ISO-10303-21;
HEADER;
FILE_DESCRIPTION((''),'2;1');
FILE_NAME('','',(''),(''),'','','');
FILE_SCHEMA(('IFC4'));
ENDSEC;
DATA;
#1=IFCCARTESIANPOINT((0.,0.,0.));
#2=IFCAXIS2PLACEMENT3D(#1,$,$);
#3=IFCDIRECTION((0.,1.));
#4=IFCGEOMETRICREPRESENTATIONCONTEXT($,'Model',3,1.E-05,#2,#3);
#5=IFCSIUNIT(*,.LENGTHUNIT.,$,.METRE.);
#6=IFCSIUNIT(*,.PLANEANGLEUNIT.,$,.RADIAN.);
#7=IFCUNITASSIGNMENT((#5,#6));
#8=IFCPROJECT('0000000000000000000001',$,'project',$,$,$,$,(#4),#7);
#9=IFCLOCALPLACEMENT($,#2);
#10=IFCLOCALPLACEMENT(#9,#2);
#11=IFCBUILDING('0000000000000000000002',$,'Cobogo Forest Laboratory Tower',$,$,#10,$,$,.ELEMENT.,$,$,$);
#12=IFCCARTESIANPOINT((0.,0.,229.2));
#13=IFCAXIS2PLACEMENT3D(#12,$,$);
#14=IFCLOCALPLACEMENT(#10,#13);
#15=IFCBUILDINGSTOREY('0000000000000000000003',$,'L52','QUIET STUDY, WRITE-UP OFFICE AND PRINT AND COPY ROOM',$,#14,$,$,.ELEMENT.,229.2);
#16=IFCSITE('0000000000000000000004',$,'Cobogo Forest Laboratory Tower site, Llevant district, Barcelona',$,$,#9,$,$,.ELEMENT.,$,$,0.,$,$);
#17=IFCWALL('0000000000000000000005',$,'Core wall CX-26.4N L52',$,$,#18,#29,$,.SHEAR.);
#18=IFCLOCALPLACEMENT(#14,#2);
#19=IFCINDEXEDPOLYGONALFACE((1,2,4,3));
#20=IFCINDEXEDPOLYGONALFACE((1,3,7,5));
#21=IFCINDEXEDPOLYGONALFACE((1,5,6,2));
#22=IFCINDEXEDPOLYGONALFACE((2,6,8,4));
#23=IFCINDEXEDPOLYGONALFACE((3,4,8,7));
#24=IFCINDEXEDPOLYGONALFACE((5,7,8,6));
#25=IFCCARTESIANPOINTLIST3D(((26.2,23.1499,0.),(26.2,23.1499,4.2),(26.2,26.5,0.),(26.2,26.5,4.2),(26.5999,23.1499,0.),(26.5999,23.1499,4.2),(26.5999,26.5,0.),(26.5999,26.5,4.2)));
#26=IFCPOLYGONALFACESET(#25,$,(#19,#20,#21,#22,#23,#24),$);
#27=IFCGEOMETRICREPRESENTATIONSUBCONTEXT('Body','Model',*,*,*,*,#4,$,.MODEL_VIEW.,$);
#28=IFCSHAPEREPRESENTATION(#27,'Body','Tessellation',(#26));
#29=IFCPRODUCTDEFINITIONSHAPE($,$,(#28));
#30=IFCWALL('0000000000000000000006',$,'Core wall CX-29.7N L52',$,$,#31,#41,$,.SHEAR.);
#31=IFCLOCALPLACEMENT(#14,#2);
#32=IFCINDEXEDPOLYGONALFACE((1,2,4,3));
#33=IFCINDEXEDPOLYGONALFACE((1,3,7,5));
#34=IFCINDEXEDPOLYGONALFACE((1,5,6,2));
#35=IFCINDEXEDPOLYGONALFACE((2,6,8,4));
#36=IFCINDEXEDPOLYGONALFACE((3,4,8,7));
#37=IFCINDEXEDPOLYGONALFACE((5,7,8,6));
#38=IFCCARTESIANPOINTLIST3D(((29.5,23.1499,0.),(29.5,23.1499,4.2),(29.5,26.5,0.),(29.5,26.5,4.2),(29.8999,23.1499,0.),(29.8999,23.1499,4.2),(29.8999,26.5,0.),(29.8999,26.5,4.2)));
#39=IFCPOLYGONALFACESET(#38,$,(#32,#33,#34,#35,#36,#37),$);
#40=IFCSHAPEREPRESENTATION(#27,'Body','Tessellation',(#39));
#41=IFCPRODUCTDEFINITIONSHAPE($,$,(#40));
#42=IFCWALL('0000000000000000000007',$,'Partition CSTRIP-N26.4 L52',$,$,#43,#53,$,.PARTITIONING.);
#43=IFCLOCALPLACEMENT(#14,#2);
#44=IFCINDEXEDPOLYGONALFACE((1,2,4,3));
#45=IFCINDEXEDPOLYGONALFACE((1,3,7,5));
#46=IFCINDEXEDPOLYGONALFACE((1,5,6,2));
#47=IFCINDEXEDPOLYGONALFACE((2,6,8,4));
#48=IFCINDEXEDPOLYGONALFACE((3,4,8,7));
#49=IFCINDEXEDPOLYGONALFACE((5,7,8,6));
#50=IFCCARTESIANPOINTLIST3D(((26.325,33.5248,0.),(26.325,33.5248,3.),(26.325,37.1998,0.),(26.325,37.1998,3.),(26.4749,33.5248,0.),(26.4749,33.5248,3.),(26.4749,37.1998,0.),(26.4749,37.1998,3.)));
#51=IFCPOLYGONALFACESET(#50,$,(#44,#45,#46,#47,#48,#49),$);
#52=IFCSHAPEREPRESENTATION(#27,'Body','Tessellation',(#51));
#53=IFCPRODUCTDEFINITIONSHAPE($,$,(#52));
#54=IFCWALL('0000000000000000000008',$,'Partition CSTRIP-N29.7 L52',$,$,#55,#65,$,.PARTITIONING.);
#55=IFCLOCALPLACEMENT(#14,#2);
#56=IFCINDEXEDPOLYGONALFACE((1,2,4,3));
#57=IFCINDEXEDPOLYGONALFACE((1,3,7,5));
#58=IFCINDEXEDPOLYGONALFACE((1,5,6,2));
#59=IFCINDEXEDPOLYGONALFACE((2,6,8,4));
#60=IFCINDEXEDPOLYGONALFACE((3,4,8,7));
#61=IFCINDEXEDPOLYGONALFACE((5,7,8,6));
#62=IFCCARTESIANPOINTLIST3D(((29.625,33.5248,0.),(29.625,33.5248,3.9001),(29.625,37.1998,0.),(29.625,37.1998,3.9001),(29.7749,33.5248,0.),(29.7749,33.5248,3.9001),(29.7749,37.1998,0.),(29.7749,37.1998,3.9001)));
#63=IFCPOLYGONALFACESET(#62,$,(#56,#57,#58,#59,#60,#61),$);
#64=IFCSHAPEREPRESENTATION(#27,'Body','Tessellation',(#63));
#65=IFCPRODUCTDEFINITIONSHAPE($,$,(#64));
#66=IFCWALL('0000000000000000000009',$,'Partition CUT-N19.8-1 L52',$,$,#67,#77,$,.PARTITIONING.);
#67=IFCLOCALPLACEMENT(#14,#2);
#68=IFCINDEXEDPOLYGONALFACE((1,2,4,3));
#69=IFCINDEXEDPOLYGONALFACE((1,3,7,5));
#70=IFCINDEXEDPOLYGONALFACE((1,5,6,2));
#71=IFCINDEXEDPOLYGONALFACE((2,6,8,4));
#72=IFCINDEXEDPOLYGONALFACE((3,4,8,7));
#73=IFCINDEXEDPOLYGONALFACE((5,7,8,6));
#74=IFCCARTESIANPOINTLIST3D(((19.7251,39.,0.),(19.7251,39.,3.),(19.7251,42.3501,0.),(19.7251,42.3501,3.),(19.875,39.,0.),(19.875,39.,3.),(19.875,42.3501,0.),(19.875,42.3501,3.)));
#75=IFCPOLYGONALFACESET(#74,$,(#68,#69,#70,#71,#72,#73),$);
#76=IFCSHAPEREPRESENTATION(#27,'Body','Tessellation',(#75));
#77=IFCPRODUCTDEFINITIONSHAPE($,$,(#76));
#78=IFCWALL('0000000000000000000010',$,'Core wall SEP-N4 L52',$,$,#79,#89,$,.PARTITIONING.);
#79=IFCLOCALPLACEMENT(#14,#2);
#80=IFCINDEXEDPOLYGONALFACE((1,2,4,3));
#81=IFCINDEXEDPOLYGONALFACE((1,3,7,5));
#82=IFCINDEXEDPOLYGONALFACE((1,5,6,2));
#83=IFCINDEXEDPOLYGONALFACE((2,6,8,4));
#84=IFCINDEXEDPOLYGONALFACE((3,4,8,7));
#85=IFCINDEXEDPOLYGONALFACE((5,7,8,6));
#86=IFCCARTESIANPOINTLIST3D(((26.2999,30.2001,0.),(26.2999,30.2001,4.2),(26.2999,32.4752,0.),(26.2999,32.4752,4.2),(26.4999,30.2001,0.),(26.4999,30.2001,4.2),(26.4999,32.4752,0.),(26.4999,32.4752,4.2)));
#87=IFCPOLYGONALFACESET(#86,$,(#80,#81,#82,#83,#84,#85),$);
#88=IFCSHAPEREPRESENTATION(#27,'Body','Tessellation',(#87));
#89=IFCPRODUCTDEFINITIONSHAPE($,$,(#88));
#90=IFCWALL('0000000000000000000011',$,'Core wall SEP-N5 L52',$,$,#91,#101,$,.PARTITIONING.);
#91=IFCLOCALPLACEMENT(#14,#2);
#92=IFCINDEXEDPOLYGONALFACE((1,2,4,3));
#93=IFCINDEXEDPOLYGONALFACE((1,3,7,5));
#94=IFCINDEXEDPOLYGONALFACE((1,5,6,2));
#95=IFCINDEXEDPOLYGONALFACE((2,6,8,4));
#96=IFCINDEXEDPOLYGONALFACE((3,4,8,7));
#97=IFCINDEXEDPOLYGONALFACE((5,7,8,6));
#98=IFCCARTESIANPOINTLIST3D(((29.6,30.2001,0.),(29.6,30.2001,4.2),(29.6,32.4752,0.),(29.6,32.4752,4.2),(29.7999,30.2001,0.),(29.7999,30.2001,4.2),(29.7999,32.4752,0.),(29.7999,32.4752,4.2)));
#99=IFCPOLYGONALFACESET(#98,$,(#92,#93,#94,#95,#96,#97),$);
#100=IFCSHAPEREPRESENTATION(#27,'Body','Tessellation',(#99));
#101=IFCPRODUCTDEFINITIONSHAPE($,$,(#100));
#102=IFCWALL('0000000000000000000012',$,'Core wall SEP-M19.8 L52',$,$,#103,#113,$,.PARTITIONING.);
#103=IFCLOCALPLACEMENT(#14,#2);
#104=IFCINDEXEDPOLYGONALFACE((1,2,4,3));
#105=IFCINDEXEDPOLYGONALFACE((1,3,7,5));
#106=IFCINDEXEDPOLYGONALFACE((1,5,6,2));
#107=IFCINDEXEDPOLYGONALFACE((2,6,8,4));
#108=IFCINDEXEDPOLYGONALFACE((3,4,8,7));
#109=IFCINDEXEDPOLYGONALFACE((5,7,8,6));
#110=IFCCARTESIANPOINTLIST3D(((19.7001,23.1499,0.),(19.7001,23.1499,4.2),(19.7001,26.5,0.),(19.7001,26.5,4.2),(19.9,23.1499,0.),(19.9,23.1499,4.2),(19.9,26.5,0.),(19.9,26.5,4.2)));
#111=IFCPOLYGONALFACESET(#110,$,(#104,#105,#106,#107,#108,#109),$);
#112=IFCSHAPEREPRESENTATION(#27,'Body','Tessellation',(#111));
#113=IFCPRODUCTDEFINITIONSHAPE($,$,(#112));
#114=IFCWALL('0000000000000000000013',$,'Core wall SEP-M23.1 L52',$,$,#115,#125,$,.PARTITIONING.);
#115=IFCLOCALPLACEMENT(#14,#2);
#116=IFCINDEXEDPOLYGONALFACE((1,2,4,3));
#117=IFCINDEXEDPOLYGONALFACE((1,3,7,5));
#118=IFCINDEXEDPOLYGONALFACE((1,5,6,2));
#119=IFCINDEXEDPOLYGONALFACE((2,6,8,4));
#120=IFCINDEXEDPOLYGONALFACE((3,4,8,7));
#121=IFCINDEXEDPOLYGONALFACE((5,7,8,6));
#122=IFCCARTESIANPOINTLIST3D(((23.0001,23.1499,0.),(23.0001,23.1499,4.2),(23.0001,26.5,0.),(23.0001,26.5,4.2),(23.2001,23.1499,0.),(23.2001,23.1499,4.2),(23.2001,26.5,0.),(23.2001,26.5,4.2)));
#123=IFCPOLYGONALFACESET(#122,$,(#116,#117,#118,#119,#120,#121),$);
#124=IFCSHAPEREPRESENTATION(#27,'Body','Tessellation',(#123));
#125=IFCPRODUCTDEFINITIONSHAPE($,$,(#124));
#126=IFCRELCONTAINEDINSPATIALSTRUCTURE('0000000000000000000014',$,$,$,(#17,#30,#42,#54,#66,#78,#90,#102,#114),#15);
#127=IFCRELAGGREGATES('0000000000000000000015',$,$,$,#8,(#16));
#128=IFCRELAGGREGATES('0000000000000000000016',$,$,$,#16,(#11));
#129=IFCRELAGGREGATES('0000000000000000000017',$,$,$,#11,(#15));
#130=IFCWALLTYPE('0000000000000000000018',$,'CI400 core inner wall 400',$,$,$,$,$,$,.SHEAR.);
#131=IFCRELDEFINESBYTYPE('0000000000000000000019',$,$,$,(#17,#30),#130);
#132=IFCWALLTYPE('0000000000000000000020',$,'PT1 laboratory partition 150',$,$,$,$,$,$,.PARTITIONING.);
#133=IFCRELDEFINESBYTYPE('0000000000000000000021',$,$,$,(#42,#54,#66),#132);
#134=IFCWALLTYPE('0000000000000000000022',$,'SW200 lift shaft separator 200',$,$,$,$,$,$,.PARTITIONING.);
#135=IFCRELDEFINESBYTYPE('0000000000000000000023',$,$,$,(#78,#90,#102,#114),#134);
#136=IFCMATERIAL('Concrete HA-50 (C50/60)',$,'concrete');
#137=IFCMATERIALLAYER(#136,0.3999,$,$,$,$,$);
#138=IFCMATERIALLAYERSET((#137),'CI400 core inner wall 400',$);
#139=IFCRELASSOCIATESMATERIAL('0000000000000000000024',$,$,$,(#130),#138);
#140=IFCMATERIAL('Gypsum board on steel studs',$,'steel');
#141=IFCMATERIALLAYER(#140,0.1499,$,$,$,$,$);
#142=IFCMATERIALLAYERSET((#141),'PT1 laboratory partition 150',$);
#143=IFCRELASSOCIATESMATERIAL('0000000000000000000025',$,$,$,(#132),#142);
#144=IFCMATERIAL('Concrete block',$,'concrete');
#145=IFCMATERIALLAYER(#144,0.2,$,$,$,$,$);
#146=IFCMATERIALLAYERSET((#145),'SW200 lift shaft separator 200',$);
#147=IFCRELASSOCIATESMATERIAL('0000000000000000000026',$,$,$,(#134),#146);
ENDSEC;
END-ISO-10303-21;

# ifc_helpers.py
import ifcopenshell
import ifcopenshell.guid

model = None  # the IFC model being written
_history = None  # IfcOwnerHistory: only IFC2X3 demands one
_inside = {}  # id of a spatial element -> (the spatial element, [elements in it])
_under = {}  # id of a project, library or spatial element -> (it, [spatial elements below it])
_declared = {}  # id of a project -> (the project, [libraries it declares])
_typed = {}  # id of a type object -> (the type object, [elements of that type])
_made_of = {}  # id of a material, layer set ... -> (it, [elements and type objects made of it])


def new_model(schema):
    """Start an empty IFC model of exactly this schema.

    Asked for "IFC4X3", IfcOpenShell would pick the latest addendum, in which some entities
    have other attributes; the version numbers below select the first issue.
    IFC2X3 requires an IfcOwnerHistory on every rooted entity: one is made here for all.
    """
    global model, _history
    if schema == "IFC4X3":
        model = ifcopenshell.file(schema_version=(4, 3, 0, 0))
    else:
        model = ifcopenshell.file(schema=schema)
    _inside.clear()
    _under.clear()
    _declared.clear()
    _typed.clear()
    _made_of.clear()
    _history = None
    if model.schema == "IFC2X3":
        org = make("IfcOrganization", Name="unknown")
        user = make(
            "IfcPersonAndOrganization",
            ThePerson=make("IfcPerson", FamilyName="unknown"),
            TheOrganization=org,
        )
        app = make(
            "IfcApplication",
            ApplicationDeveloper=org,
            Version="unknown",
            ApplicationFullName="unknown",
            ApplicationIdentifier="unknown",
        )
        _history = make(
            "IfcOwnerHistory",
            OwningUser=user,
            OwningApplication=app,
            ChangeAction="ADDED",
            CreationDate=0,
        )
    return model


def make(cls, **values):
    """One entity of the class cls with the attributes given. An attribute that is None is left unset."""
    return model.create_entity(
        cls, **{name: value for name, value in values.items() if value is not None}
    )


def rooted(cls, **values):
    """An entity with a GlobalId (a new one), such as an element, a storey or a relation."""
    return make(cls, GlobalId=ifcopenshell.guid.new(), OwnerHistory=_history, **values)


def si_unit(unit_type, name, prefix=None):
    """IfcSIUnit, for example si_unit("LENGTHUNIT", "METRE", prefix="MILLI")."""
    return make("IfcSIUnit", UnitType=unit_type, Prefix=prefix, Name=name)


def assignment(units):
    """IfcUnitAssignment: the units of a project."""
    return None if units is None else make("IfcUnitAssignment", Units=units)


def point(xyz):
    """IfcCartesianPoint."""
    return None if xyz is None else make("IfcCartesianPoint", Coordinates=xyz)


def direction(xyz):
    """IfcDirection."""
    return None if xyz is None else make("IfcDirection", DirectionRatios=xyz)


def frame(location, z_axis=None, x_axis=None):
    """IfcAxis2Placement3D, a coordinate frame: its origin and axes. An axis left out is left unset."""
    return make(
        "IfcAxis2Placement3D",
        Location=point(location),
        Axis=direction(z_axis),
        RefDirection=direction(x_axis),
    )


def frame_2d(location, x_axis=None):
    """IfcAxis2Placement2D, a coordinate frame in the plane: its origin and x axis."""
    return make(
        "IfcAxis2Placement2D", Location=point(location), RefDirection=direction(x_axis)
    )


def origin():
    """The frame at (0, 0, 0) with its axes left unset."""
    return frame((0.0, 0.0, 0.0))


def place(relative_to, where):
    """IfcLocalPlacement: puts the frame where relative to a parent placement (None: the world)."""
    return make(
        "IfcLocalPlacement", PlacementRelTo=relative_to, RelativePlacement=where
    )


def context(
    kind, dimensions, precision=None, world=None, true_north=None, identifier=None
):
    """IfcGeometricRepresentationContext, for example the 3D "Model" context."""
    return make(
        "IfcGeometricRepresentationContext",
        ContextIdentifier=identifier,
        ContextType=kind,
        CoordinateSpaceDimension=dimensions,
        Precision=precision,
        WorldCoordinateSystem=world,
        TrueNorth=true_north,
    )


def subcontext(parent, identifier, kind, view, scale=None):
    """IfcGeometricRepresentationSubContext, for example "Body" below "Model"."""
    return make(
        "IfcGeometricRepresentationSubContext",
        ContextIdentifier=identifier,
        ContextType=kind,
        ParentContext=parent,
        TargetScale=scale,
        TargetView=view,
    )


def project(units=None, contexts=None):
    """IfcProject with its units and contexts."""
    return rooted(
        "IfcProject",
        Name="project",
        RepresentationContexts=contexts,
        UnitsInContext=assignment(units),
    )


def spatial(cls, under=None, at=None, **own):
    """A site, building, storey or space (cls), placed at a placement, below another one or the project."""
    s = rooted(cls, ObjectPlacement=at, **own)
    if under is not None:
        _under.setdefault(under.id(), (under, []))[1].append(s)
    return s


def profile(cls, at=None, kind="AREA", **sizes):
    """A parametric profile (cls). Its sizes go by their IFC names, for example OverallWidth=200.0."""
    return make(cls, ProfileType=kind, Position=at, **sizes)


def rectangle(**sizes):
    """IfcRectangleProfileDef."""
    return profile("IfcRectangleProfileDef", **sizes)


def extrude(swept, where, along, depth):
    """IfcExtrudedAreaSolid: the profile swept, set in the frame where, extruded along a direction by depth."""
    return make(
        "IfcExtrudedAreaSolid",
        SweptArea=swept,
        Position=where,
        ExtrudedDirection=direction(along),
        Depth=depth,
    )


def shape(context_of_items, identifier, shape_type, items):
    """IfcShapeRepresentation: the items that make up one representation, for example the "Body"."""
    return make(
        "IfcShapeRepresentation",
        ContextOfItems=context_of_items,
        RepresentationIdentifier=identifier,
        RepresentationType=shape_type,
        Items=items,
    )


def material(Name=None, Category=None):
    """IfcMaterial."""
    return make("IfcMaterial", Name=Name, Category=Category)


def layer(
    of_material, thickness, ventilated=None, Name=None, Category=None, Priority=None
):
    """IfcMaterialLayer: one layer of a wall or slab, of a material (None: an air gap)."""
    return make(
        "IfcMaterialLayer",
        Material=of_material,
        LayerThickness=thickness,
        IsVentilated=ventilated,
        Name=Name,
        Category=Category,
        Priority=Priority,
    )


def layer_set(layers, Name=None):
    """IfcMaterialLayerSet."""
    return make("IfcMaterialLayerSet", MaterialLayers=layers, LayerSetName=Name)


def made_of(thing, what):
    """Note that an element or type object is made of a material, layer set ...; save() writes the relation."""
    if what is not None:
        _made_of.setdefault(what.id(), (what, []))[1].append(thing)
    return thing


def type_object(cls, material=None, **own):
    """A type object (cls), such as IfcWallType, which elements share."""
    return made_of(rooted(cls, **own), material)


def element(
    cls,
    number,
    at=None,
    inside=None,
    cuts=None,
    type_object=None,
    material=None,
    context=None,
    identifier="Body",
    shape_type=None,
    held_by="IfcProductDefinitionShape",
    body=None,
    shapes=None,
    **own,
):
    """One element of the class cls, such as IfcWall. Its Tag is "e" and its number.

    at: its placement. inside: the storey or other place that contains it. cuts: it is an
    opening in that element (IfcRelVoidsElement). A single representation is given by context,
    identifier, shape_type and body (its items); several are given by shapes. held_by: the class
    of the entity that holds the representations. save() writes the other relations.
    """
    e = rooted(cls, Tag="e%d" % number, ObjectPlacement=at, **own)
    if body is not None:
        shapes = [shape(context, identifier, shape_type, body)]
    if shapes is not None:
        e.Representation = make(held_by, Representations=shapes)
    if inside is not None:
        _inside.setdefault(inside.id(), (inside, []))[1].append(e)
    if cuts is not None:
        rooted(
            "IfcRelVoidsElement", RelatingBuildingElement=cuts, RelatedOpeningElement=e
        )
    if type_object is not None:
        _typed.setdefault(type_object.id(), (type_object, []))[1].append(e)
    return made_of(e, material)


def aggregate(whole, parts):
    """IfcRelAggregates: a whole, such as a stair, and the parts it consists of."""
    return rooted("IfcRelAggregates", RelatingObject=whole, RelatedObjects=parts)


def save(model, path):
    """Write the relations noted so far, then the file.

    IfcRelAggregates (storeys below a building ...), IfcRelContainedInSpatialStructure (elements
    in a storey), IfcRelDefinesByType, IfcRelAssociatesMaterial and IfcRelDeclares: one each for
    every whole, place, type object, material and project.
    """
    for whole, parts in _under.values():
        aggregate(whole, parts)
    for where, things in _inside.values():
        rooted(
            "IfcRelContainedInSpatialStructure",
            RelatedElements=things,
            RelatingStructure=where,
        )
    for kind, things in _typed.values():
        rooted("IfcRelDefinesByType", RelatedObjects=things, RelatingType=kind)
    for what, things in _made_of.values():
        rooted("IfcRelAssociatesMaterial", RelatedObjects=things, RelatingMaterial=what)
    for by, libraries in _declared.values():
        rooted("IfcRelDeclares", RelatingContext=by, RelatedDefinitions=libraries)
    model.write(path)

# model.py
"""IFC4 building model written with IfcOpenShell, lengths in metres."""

from ifc_helpers import new_model, si_unit, direction, frame, frame_2d, origin, place, context, subcontext, project, spatial, rectangle, extrude, material, layer, layer_set, type_object, element, save


model = new_model("IFC4")

# Units and contexts
model_context = context("Model", 3, precision=1e-05, world=origin(), true_north=direction((0.0, 1.0)))
body_context = subcontext(model_context, "Body", "Model", "MODEL_VIEW")
ifc_project = project(units=[si_unit("LENGTHUNIT", "METRE"), si_unit("PLANEANGLEUNIT", "RADIAN")], contexts=[model_context])

# Site, building, storey
site_placement = place(None, origin())
site = spatial("IfcSite", under=ifc_project, at=site_placement, Name="Cobogo Forest Laboratory Tower site, Llevant district, Barcelona", CompositionType="ELEMENT", RefElevation=0.0)
building_placement = place(site_placement, origin())
building = spatial("IfcBuilding", under=site, at=building_placement, Name="Cobogo Forest Laboratory Tower", CompositionType="ELEMENT")
storey_placement = place(building_placement, frame((0.0, 0.0, 229.2)))
storey = spatial("IfcBuildingStorey", under=building, at=storey_placement, Name="L52", Description="QUIET STUDY, WRITE-UP OFFICE AND PRINT AND COPY ROOM", CompositionType="ELEMENT", Elevation=229.2)

# Shared definitions
ifc_material_1 = material(Name="Concrete HA-50 (C50/60)", Category="concrete")

# Walls
ifc_layer_1 = layer(ifc_material_1, 0.3999)
ifc_layer_set_1 = layer_set([ifc_layer_1], Name="CI400 core inner wall 400")
wall_type_1 = type_object("IfcWallType", Name="CI400 core inner wall 400", PredefinedType="SHEAR", material=ifc_layer_set_1)
for number, where, z_axis, x_axis, name in (
    (1, (26.3999, 23.1499, 0.0), (0.0, 0.0, 1.0), (0.0, 1.0, 0.0), "Core wall CX-26.4N L52"),
    (2, (29.7, 23.1499, 0.0), (0.0, 0.0, 1.0), (0.0, 1.0, 0.0), "Core wall CX-29.7N L52"),
):
    element("IfcWall", number, at=place(storey_placement, frame(where, z_axis=z_axis, x_axis=x_axis)), inside=storey, type_object=wall_type_1, Name=name, PredefinedType="SHEAR", context=body_context, shape_type="SweptSolid", body=[
        extrude(rectangle(XDim=3.3501, YDim=0.3999, at=frame_2d((1.675, 0.0))), origin(), (0.0, 0.0, 1.0), 4.2),
    ])
ifc_material_2 = material(Name="Gypsum board on steel studs", Category="steel")
ifc_layer_2 = layer(ifc_material_2, 0.1499)
ifc_layer_set_2 = layer_set([ifc_layer_2], Name="PT1 laboratory partition 150")
wall_type_2 = type_object("IfcWallType", Name="PT1 laboratory partition 150", PredefinedType="PARTITIONING", material=ifc_layer_set_2)
wall_1_placement = place(storey_placement, frame((26.3999, 33.5249, 0.0), z_axis=(0.0, 0.0, 1.0), x_axis=(0.0, 1.0, 0.0)))
element("IfcWall", 3, at=wall_1_placement, inside=storey, type_object=wall_type_2, Name="Partition CSTRIP-N26.4 L52", PredefinedType="PARTITIONING", context=body_context, shape_type="SweptSolid", body=[
    extrude(rectangle(XDim=3.675, YDim=0.1499, at=frame_2d((1.8374, 0.0))), origin(), (0.0, 0.0, 1.0), 3.0),
])
wall_2_placement = place(storey_placement, frame((29.7, 33.5249, 0.0), z_axis=(0.0, 0.0, 1.0), x_axis=(0.0, 1.0, 0.0)))
element("IfcWall", 4, at=wall_2_placement, inside=storey, type_object=wall_type_2, Name="Partition CSTRIP-N29.7 L52", PredefinedType="PARTITIONING", context=body_context, shape_type="SweptSolid", body=[
    extrude(rectangle(XDim=3.675, YDim=0.1499, at=frame_2d((1.8374, 0.0))), origin(), (0.0, 0.0, 1.0), 3.9001),
])
wall_3_placement = place(storey_placement, frame((19.8, 42.3501, 0.0), z_axis=(0.0, 0.0, 1.0), x_axis=(0.0, -1.0, 0.0)))
element("IfcWall", 5, at=wall_3_placement, inside=storey, type_object=wall_type_2, Name="Partition CUT-N19.8-1 L52", PredefinedType="PARTITIONING", context=body_context, shape_type="SweptSolid", body=[
    extrude(rectangle(XDim=3.3501, YDim=0.1499, at=frame_2d((1.675, 0.0))), origin(), (0.0, 0.0, 1.0), 3.0),
])
ifc_material_3 = material(Name="Concrete block", Category="concrete")
ifc_layer_3 = layer(ifc_material_3, 0.2)
ifc_layer_set_3 = layer_set([ifc_layer_3], Name="SW200 lift shaft separator 200")
wall_type_3 = type_object("IfcWallType", Name="SW200 lift shaft separator 200", PredefinedType="PARTITIONING", material=ifc_layer_set_3)
for number, where, z_axis, x_axis, name in (
    (6, (26.3999, 30.2, 0.0), (0.0, 0.0, 1.0), (0.0, 1.0, 0.0), "Core wall SEP-N4 L52"),
    (7, (29.7, 30.2, 0.0), (0.0, 0.0, 1.0), (0.0, 1.0, 0.0), "Core wall SEP-N5 L52"),
):
    element("IfcWall", number, at=place(storey_placement, frame(where, z_axis=z_axis, x_axis=x_axis)), inside=storey, type_object=wall_type_3, Name=name, PredefinedType="PARTITIONING", context=body_context, shape_type="SweptSolid", body=[
        extrude(rectangle(XDim=2.2751, YDim=0.2, at=frame_2d((1.1377, 0.0))), origin(), (0.0, 0.0, 1.0), 4.2),
    ])
for number, where, z_axis, x_axis, name in (
    (8, (19.8, 23.1499, 0.0), (0.0, 0.0, 1.0), (0.0, 1.0, 0.0), "Core wall SEP-M19.8 L52"),
    (9, (23.1001, 23.1499, 0.0), (0.0, 0.0, 1.0), (0.0, 1.0, 0.0), "Core wall SEP-M23.1 L52"),
):
    element("IfcWall", number, at=place(storey_placement, frame(where, z_axis=z_axis, x_axis=x_axis)), inside=storey, type_object=wall_type_3, Name=name, PredefinedType="PARTITIONING", context=body_context, shape_type="SweptSolid", body=[
        extrude(rectangle(XDim=3.3501, YDim=0.2, at=frame_2d((1.675, 0.0))), origin(), (0.0, 0.0, 1.0), 4.2),
    ])

save(model, "model.ifc")
